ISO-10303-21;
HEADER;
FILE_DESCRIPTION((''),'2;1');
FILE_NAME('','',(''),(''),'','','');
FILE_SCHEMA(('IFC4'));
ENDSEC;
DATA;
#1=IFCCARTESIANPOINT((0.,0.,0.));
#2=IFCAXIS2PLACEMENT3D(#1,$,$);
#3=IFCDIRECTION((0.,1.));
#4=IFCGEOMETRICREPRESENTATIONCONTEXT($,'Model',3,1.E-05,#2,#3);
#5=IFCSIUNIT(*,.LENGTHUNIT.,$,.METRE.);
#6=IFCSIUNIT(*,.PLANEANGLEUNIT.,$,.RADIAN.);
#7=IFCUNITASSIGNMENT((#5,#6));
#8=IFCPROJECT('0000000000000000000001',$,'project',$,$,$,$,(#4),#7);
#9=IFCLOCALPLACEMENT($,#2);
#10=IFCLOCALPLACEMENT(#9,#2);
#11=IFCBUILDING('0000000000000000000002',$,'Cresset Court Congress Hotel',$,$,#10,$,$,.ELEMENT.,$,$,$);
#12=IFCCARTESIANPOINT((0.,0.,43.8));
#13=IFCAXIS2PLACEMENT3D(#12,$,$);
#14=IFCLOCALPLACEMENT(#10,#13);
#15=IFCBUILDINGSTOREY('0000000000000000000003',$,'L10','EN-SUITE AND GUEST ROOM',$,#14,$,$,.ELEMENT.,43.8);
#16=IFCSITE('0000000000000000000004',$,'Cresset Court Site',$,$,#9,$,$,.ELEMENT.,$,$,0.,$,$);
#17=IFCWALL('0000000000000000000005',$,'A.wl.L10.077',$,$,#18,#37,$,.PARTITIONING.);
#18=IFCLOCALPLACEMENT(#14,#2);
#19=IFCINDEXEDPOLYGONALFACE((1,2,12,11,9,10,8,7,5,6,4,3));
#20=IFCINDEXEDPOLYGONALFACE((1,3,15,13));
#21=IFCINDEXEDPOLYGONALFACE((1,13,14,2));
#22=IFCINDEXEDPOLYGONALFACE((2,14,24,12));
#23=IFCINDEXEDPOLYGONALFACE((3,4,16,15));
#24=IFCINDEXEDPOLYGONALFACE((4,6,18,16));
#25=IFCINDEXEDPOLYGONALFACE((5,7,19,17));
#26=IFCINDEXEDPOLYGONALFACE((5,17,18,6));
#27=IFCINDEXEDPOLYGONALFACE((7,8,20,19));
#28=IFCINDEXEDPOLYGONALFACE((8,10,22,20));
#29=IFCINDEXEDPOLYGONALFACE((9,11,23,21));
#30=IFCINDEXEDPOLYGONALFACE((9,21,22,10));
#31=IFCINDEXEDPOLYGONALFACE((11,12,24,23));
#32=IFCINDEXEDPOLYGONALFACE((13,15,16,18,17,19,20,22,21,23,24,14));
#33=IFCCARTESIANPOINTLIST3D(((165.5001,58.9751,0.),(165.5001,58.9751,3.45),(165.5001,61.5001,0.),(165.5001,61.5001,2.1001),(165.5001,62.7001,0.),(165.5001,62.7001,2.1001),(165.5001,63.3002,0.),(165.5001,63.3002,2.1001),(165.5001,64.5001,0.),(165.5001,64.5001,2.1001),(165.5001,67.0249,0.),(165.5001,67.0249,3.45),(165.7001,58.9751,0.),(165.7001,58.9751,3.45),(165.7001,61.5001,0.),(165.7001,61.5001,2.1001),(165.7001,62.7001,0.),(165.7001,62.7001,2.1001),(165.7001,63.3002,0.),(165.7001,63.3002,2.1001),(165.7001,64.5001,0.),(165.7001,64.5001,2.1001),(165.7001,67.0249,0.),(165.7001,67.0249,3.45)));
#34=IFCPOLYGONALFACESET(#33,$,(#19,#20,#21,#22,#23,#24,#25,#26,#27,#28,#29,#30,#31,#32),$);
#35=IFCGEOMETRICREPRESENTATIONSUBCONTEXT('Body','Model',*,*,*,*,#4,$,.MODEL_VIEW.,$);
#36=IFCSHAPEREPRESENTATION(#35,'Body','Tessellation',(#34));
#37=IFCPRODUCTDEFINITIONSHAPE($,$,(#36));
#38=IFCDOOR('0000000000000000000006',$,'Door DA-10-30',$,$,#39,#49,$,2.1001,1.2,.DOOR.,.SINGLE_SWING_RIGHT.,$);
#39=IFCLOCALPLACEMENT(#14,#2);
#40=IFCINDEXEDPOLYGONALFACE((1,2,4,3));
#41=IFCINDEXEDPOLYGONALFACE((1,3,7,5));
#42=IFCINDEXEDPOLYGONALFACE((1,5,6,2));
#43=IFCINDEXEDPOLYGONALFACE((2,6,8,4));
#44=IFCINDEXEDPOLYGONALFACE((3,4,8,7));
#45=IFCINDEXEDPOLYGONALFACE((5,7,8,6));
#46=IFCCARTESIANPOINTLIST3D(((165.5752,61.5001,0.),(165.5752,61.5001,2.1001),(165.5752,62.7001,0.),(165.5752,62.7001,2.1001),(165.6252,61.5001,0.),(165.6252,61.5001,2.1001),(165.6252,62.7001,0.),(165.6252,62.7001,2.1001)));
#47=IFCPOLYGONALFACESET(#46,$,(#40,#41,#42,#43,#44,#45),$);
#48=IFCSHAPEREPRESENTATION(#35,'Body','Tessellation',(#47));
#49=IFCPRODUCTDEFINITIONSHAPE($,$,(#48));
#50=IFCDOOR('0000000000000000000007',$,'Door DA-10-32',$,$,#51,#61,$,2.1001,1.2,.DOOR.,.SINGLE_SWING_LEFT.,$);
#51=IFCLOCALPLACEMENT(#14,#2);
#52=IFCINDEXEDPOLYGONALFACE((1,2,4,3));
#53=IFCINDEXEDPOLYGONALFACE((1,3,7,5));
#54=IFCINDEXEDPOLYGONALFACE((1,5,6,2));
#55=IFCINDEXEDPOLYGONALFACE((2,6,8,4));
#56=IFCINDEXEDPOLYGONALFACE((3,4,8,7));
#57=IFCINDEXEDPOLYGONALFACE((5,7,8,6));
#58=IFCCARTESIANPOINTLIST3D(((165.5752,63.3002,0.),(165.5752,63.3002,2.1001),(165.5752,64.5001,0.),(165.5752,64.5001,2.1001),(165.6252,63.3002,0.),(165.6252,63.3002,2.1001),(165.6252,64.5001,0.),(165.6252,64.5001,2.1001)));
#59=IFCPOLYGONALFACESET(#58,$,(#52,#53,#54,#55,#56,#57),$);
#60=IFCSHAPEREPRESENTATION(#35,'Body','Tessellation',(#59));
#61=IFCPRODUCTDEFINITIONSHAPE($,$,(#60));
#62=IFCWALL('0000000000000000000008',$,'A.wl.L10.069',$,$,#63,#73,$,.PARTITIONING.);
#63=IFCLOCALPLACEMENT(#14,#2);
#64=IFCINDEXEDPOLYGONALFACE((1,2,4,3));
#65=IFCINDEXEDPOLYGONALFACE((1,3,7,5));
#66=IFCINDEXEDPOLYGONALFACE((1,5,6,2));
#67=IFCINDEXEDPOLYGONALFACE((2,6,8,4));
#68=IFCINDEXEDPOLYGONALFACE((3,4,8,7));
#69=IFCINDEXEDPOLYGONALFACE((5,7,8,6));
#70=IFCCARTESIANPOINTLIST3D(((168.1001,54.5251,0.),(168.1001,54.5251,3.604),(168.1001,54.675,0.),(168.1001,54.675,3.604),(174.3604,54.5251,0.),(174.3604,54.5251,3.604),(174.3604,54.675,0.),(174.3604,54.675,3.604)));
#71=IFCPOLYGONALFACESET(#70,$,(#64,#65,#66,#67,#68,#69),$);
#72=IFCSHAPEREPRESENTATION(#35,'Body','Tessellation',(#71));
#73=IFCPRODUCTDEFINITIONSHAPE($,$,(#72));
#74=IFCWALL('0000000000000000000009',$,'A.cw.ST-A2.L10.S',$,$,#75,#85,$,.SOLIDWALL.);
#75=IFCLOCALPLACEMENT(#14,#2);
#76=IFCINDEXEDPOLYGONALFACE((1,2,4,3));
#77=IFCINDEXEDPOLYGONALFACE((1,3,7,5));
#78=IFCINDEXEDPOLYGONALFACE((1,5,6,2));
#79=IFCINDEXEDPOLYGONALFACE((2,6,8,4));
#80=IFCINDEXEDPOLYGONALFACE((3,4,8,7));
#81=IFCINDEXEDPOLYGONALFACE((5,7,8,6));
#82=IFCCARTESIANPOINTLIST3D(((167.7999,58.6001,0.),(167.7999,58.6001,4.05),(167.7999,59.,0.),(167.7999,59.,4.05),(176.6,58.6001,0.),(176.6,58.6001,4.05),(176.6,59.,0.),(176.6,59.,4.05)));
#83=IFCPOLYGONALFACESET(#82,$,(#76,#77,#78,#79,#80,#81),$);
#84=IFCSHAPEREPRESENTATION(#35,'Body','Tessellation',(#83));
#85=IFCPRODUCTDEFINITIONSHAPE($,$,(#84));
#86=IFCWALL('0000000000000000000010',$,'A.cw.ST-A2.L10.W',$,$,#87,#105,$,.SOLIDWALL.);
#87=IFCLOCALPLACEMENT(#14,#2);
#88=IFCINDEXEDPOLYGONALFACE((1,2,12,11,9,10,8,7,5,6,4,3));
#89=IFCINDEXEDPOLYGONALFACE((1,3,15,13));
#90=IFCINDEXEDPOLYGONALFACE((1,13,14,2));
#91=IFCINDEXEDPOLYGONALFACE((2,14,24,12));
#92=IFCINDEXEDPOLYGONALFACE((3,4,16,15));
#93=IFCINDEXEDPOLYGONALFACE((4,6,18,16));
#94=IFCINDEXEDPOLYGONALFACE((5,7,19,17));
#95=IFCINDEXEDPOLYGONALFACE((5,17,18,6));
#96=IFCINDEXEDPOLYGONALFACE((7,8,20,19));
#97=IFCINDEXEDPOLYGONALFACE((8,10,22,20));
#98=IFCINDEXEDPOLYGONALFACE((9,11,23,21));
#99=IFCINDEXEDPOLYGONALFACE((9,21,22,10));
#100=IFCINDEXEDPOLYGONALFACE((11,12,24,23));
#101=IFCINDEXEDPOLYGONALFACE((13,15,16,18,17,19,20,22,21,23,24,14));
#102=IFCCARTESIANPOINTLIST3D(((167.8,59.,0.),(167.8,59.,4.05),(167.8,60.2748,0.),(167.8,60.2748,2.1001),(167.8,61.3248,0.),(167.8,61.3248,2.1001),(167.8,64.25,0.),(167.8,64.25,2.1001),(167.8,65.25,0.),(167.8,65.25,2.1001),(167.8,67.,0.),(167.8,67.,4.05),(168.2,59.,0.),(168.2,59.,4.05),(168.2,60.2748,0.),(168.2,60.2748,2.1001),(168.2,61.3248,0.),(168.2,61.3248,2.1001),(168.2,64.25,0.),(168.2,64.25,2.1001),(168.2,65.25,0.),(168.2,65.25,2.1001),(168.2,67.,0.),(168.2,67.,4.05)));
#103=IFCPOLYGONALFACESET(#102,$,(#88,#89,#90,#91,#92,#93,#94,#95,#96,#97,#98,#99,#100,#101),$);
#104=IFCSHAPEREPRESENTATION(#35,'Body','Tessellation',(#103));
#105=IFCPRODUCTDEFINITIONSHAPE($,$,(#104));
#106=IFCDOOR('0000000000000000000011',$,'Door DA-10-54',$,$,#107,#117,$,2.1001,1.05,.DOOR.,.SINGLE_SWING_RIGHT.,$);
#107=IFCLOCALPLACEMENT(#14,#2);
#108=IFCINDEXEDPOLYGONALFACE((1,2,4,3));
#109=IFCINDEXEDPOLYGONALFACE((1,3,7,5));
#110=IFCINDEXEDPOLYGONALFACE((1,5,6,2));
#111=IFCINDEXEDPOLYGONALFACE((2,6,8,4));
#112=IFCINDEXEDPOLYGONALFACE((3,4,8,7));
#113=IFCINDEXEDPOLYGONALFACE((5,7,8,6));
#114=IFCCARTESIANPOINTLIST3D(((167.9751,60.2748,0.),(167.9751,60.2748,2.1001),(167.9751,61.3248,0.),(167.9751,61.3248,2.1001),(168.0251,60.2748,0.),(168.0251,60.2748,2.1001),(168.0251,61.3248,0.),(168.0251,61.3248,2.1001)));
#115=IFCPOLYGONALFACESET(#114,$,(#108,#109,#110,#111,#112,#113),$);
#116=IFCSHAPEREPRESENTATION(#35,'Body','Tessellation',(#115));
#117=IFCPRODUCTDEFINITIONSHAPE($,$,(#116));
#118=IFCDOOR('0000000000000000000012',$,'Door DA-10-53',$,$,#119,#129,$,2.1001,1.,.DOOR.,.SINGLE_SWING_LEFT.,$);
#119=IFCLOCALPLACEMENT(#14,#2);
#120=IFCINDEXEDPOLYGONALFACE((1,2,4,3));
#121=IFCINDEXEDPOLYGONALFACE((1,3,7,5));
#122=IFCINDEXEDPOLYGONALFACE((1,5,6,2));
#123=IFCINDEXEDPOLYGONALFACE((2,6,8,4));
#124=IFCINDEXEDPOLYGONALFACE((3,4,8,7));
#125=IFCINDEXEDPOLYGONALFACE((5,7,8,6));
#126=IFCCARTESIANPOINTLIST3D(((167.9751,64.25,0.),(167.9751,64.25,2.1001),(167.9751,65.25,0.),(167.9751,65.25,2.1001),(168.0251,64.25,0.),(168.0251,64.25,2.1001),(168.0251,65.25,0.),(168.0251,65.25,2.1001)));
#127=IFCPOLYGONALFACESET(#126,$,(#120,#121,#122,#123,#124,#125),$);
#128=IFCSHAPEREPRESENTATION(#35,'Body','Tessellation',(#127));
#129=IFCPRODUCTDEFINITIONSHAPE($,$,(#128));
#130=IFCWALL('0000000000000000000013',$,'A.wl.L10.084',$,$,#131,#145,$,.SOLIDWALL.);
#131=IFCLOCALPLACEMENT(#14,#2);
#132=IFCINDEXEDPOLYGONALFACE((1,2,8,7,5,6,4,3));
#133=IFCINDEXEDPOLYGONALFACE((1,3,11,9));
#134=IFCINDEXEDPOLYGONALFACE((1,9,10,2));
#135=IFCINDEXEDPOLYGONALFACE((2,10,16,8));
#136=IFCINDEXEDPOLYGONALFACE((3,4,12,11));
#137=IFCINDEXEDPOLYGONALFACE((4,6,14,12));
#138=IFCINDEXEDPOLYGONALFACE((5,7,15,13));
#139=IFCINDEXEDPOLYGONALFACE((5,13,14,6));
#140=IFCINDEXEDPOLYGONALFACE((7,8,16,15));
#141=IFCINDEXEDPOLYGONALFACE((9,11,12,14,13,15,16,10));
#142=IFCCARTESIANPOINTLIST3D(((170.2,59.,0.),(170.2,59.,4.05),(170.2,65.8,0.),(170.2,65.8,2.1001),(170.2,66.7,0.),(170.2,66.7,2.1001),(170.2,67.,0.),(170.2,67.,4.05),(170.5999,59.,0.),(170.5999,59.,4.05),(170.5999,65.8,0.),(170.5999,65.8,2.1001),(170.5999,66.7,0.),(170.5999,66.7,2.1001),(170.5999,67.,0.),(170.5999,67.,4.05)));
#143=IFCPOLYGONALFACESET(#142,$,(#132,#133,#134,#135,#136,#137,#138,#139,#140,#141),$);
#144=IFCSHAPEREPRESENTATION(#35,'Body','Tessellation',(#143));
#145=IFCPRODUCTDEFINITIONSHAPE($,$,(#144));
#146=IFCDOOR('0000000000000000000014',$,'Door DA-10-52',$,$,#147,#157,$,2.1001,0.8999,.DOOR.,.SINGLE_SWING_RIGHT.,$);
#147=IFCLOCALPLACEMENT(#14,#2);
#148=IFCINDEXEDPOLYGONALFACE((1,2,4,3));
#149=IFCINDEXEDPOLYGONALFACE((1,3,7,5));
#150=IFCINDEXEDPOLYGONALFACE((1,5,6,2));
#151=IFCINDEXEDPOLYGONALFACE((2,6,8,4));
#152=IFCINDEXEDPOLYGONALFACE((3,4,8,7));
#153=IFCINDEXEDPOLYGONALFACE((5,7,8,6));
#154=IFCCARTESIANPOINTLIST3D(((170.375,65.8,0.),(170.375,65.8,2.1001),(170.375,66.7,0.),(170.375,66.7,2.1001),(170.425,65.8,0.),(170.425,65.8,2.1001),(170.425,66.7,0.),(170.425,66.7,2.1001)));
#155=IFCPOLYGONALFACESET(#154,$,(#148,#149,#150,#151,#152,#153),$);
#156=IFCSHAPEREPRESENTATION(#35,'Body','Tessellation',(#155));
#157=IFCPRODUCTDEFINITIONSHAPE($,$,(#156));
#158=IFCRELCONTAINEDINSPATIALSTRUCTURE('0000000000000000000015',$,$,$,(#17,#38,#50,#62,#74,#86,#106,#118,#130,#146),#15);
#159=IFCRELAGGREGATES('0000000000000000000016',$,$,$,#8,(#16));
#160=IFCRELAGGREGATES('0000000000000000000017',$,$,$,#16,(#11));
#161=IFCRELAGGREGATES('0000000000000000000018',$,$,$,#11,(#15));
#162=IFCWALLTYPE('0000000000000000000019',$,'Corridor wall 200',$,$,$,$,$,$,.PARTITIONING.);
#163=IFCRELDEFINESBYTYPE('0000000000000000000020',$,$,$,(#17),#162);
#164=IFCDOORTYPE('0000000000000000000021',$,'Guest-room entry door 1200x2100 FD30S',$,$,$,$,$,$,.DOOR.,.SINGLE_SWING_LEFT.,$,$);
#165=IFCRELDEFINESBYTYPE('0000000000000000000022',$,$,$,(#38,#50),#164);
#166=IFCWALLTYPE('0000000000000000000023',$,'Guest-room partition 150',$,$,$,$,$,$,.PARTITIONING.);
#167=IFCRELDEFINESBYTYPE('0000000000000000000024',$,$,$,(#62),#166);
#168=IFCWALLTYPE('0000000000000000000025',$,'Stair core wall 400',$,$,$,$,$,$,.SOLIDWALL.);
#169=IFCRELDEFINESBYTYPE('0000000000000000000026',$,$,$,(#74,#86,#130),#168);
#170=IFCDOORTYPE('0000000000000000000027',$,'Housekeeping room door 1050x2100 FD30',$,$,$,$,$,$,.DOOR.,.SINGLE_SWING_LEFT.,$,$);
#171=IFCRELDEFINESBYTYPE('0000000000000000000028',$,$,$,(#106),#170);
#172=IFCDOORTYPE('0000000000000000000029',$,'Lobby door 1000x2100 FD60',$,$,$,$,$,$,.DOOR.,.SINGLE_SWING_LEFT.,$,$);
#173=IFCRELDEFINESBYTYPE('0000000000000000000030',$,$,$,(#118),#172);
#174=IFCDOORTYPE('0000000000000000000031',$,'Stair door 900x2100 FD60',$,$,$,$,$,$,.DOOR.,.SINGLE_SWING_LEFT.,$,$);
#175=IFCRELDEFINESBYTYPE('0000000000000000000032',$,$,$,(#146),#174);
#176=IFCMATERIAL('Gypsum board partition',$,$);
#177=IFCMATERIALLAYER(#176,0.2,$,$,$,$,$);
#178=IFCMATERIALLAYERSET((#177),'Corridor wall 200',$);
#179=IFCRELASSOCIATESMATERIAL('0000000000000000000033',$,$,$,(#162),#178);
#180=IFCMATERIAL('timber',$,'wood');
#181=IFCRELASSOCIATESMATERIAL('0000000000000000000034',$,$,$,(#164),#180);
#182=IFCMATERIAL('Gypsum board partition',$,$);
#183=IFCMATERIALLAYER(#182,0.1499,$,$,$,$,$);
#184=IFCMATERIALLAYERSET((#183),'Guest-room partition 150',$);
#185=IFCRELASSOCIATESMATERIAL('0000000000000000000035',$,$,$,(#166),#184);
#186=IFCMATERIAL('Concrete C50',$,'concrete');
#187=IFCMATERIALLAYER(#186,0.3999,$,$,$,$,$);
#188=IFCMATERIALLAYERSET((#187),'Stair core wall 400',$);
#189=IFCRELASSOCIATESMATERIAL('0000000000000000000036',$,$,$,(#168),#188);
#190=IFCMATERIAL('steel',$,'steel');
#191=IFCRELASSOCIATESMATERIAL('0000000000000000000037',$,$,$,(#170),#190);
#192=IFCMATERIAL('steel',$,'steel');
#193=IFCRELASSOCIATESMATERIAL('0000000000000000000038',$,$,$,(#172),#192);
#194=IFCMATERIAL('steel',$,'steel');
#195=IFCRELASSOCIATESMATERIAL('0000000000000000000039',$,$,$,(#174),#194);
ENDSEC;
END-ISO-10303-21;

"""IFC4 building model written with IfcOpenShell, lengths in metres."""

from ifc_helpers import new_model, si_unit, direction, frame, frame_2d, origin, place, context, subcontext, project, spatial, rectangle, extrude, material, layer, layer_set, type_object, element, fill, save


model = new_model("IFC4")

# Units and contexts
model_context = context("Model", 3, precision=1e-05, world=origin(), true_north=direction((0.0, 1.0)))
body_context = subcontext(model_context, "Body", "Model", "MODEL_VIEW")
ifc_project = project(units=[si_unit("LENGTHUNIT", "METRE"), si_unit("PLANEANGLEUNIT", "RADIAN")], contexts=[model_context])

# Site, building, storey
site_placement = place(None, origin())
site = spatial("IfcSite", under=ifc_project, at=site_placement, Name="Cresset Court Site", CompositionType="ELEMENT", RefElevation=0.0)
building_placement = place(site_placement, origin())
building = spatial("IfcBuilding", under=site, at=building_placement, Name="Cresset Court Congress Hotel", CompositionType="ELEMENT")
storey_placement = place(building_placement, frame((0.0, 0.0, 43.8)))
storey = spatial("IfcBuildingStorey", under=building, at=storey_placement, Name="L10", Description="EN-SUITE AND GUEST ROOM", CompositionType="ELEMENT", Elevation=43.8)

# Wall, openings, doors
ifc_material_1 = material(Name="Gypsum board partition")
ifc_layer_1 = layer(ifc_material_1, 0.2)
ifc_layer_set_1 = layer_set([ifc_layer_1], Name="Corridor wall 200")
wall_type_1 = type_object("IfcWallType", Name="Corridor wall 200", PredefinedType="PARTITIONING", material=ifc_layer_set_1)
wall_1_placement = place(storey_placement, frame((165.6001, 58.9751, 0.0), z_axis=(0.0, 0.0, 1.0), x_axis=(0.0, 1.0, 0.0)))
wall_1 = element("IfcWall", 1, at=wall_1_placement, inside=storey, type_object=wall_type_1, Name="A.wl.L10.077", PredefinedType="PARTITIONING", context=body_context, shape_type="SweptSolid", body=[
    extrude(rectangle(XDim=8.0498, YDim=0.2, at=frame_2d((4.0249, 0.0))), origin(), (0.0, 0.0, 1.0), 3.45),
])
opening_1_placement = place(wall_1_placement, frame((2.5249, 0.0, 0.0)))
opening_1 = element("IfcOpeningElement", 2, at=opening_1_placement, cuts=wall_1, PredefinedType="OPENING", context=body_context, shape_type="SweptSolid", body=[
    extrude(rectangle(XDim=1.2, YDim=2.1001, at=frame_2d((0.6001, 1.05))), frame((0.0, 0.1099, 0.0), z_axis=(0.0, -1.0, 0.0), x_axis=(1.0, 0.0, 0.0)), (0.0, 0.0, 1.0), 0.22),
])
opening_2_placement = place(wall_1_placement, frame((4.325, 0.0, 0.0)))
opening_2 = element("IfcOpeningElement", 3, at=opening_2_placement, cuts=wall_1, PredefinedType="OPENING", context=body_context, shape_type="SweptSolid", body=[
    extrude(rectangle(XDim=1.2, YDim=2.1001, at=frame_2d((0.6001, 1.05))), frame((0.0, 0.1099, 0.0), z_axis=(0.0, -1.0, 0.0), x_axis=(1.0, 0.0, 0.0)), (0.0, 0.0, 1.0), 0.22),
])
ifc_material_2 = material(Name="timber", Category="wood")
door_type_1 = type_object("IfcDoorType", Name="Guest-room entry door 1200x2100 FD30S", OperationType="SINGLE_SWING_LEFT", PredefinedType="DOOR", material=ifc_material_2)
door_1_placement = place(opening_1_placement, origin())
door_1 = element("IfcDoor", 4, at=door_1_placement, inside=storey, type_object=door_type_1, Name="Door DA-10-30", OperationType="SINGLE_SWING_RIGHT", OverallHeight=2.1001, OverallWidth=1.2, PredefinedType="DOOR", context=body_context, shape_type="SweptSolid", body=[
    extrude(rectangle(XDim=1.2, YDim=2.1001, at=frame_2d((0.6001, 1.05))), frame((0.0, 0.0249, 0.0), z_axis=(0.0, -1.0, 0.0), x_axis=(1.0, 0.0, 0.0)), (0.0, 0.0, 1.0), 0.05),
])
fill(opening_1, door_1)
door_2_placement = place(opening_2_placement, origin())
door_2 = element("IfcDoor", 5, at=door_2_placement, inside=storey, type_object=door_type_1, Name="Door DA-10-32", OperationType="SINGLE_SWING_LEFT", OverallHeight=2.1001, OverallWidth=1.2, PredefinedType="DOOR", context=body_context, shape_type="SweptSolid", body=[
    extrude(rectangle(XDim=1.2, YDim=2.1001, at=frame_2d((0.6001, 1.05))), frame((0.0, 0.0249, 0.0), z_axis=(0.0, -1.0, 0.0), x_axis=(1.0, 0.0, 0.0)), (0.0, 0.0, 1.0), 0.05),
])
fill(opening_2, door_2)

# Walls
ifc_material_3 = material(Name="Gypsum board partition")
ifc_layer_2 = layer(ifc_material_3, 0.1499)
ifc_layer_set_2 = layer_set([ifc_layer_2], Name="Guest-room partition 150")
wall_type_2 = type_object("IfcWallType", Name="Guest-room partition 150", PredefinedType="PARTITIONING", material=ifc_layer_set_2)
wall_2_placement = place(storey_placement, frame((168.1001, 54.6001, 0.0), z_axis=(0.0, 0.0, 1.0), x_axis=(1.0, 0.0, 0.0)))
element("IfcWall", 6, at=wall_2_placement, inside=storey, type_object=wall_type_2, Name="A.wl.L10.069", PredefinedType="PARTITIONING", context=body_context, shape_type="SweptSolid", body=[
    extrude(rectangle(XDim=6.2603, YDim=0.1499, at=frame_2d((3.1301, 0.0))), origin(), (0.0, 0.0, 1.0), 3.604),
])
ifc_material_4 = material(Name="Concrete C50", Category="concrete")
ifc_layer_3 = layer(ifc_material_4, 0.3999)
ifc_layer_set_3 = layer_set([ifc_layer_3], Name="Stair core wall 400")
wall_type_3 = type_object("IfcWallType", Name="Stair core wall 400", PredefinedType="SOLIDWALL", material=ifc_layer_set_3)
wall_3_placement = place(storey_placement, frame((167.8, 58.8, 0.0), z_axis=(0.0, 0.0, 1.0), x_axis=(1.0, 0.0, 0.0)))
element("IfcWall", 7, at=wall_3_placement, inside=storey, type_object=wall_type_3, Name="A.cw.ST-A2.L10.S", PredefinedType="SOLIDWALL", context=body_context, shape_type="SweptSolid", body=[
    extrude(rectangle(XDim=8.8, YDim=0.3999, at=frame_2d((4.3999, 0.0))), origin(), (0.0, 0.0, 1.0), 4.05),
])

# Wall, openings, doors
wall_4_placement = place(storey_placement, frame((168.0, 59.0, 0.0), z_axis=(0.0, 0.0, 1.0), x_axis=(0.0, 1.0, 0.0)))
wall_4 = element("IfcWall", 8, at=wall_4_placement, inside=storey, type_object=wall_type_3, Name="A.cw.ST-A2.L10.W", PredefinedType="SOLIDWALL", context=body_context, shape_type="SweptSolid", body=[
    extrude(rectangle(XDim=8.0, YDim=0.3999, at=frame_2d((4.0, 0.0))), origin(), (0.0, 0.0, 1.0), 4.05),
])
opening_3_placement = place(wall_4_placement, frame((5.25, 0.0, 0.0)))
opening_3 = element("IfcOpeningElement", 9, at=opening_3_placement, cuts=wall_4, PredefinedType="OPENING", context=body_context, shape_type="SweptSolid", body=[
    extrude(rectangle(XDim=1.0, YDim=2.1001, at=frame_2d((0.5, 1.05))), frame((0.0, 0.21, 0.0), z_axis=(0.0, -1.0, 0.0), x_axis=(1.0, 0.0, 0.0)), (0.0, 0.0, 1.0), 0.4199),
])
opening_4_placement = place(wall_4_placement, frame((1.2749, 0.0, 0.0)))
opening_4 = element("IfcOpeningElement", 10, at=opening_4_placement, cuts=wall_4, PredefinedType="OPENING", context=body_context, shape_type="SweptSolid", body=[
    extrude(rectangle(XDim=1.05, YDim=2.1001, at=frame_2d((0.5249, 1.05))), frame((0.0, 0.21, 0.0), z_axis=(0.0, -1.0, 0.0), x_axis=(1.0, 0.0, 0.0)), (0.0, 0.0, 1.0), 0.4199),
])
ifc_material_5 = material(Name="steel", Category="steel")
door_type_2 = type_object("IfcDoorType", Name="Housekeeping room door 1050x2100 FD30", OperationType="SINGLE_SWING_LEFT", PredefinedType="DOOR", material=ifc_material_5)
door_3_placement = place(opening_4_placement, origin())
door_3 = element("IfcDoor", 11, at=door_3_placement, inside=storey, type_object=door_type_2, Name="Door DA-10-54", OperationType="SINGLE_SWING_RIGHT", OverallHeight=2.1001, OverallWidth=1.05, PredefinedType="DOOR", context=body_context, shape_type="SweptSolid", body=[
    extrude(rectangle(XDim=1.05, YDim=2.1001, at=frame_2d((0.5249, 1.05))), frame((0.0, 0.0249, 0.0), z_axis=(0.0, -1.0, 0.0), x_axis=(1.0, 0.0, 0.0)), (0.0, 0.0, 1.0), 0.05),
])
fill(opening_4, door_3)
ifc_material_6 = material(Name="steel", Category="steel")
door_type_3 = type_object("IfcDoorType", Name="Lobby door 1000x2100 FD60", OperationType="SINGLE_SWING_LEFT", PredefinedType="DOOR", material=ifc_material_6)
door_4_placement = place(opening_3_placement, origin())
door_4 = element("IfcDoor", 12, at=door_4_placement, inside=storey, type_object=door_type_3, Name="Door DA-10-53", OperationType="SINGLE_SWING_LEFT", OverallHeight=2.1001, OverallWidth=1.0, PredefinedType="DOOR", context=body_context, shape_type="SweptSolid", body=[
    extrude(rectangle(XDim=1.0, YDim=2.1001, at=frame_2d((0.5, 1.05))), frame((0.0, 0.0249, 0.0), z_axis=(0.0, -1.0, 0.0), x_axis=(1.0, 0.0, 0.0)), (0.0, 0.0, 1.0), 0.05),
])
fill(opening_3, door_4)

# Wall, opening, door
wall_5_placement = place(storey_placement, frame((170.3999, 59.0, 0.0), z_axis=(0.0, 0.0, 1.0), x_axis=(0.0, 1.0, 0.0)))
wall_5 = element("IfcWall", 13, at=wall_5_placement, inside=storey, type_object=wall_type_3, Name="A.wl.L10.084", PredefinedType="SOLIDWALL", context=body_context, shape_type="SweptSolid", body=[
    extrude(rectangle(XDim=8.0, YDim=0.3999, at=frame_2d((4.0, 0.0))), origin(), (0.0, 0.0, 1.0), 4.05),
])
opening_5_placement = place(wall_5_placement, frame((6.8, 0.0, 0.0)))
opening_5 = element("IfcOpeningElement", 14, at=opening_5_placement, cuts=wall_5, PredefinedType="OPENING", context=body_context, shape_type="SweptSolid", body=[
    extrude(rectangle(XDim=0.8999, YDim=2.1001, at=frame_2d((0.45, 1.05))), frame((0.0, 0.21, 0.0), z_axis=(0.0, -1.0, 0.0), x_axis=(1.0, 0.0, 0.0)), (0.0, 0.0, 1.0), 0.4199),
])
ifc_material_7 = material(Name="steel", Category="steel")
door_type_4 = type_object("IfcDoorType", Name="Stair door 900x2100 FD60", OperationType="SINGLE_SWING_LEFT", PredefinedType="DOOR", material=ifc_material_7)
door_5_placement = place(opening_5_placement, origin())
door_5 = element("IfcDoor", 15, at=door_5_placement, inside=storey, type_object=door_type_4, Name="Door DA-10-52", OperationType="SINGLE_SWING_RIGHT", OverallHeight=2.1001, OverallWidth=0.8999, PredefinedType="DOOR", context=body_context, shape_type="SweptSolid", body=[
    extrude(rectangle(XDim=0.8999, YDim=2.1001, at=frame_2d((0.45, 1.05))), frame((0.0, 0.0249, 0.0), z_axis=(0.0, -1.0, 0.0), x_axis=(1.0, 0.0, 0.0)), (0.0, 0.0, 1.0), 0.05),
])
fill(opening_5, door_5)

save(model, "model.ifc")
